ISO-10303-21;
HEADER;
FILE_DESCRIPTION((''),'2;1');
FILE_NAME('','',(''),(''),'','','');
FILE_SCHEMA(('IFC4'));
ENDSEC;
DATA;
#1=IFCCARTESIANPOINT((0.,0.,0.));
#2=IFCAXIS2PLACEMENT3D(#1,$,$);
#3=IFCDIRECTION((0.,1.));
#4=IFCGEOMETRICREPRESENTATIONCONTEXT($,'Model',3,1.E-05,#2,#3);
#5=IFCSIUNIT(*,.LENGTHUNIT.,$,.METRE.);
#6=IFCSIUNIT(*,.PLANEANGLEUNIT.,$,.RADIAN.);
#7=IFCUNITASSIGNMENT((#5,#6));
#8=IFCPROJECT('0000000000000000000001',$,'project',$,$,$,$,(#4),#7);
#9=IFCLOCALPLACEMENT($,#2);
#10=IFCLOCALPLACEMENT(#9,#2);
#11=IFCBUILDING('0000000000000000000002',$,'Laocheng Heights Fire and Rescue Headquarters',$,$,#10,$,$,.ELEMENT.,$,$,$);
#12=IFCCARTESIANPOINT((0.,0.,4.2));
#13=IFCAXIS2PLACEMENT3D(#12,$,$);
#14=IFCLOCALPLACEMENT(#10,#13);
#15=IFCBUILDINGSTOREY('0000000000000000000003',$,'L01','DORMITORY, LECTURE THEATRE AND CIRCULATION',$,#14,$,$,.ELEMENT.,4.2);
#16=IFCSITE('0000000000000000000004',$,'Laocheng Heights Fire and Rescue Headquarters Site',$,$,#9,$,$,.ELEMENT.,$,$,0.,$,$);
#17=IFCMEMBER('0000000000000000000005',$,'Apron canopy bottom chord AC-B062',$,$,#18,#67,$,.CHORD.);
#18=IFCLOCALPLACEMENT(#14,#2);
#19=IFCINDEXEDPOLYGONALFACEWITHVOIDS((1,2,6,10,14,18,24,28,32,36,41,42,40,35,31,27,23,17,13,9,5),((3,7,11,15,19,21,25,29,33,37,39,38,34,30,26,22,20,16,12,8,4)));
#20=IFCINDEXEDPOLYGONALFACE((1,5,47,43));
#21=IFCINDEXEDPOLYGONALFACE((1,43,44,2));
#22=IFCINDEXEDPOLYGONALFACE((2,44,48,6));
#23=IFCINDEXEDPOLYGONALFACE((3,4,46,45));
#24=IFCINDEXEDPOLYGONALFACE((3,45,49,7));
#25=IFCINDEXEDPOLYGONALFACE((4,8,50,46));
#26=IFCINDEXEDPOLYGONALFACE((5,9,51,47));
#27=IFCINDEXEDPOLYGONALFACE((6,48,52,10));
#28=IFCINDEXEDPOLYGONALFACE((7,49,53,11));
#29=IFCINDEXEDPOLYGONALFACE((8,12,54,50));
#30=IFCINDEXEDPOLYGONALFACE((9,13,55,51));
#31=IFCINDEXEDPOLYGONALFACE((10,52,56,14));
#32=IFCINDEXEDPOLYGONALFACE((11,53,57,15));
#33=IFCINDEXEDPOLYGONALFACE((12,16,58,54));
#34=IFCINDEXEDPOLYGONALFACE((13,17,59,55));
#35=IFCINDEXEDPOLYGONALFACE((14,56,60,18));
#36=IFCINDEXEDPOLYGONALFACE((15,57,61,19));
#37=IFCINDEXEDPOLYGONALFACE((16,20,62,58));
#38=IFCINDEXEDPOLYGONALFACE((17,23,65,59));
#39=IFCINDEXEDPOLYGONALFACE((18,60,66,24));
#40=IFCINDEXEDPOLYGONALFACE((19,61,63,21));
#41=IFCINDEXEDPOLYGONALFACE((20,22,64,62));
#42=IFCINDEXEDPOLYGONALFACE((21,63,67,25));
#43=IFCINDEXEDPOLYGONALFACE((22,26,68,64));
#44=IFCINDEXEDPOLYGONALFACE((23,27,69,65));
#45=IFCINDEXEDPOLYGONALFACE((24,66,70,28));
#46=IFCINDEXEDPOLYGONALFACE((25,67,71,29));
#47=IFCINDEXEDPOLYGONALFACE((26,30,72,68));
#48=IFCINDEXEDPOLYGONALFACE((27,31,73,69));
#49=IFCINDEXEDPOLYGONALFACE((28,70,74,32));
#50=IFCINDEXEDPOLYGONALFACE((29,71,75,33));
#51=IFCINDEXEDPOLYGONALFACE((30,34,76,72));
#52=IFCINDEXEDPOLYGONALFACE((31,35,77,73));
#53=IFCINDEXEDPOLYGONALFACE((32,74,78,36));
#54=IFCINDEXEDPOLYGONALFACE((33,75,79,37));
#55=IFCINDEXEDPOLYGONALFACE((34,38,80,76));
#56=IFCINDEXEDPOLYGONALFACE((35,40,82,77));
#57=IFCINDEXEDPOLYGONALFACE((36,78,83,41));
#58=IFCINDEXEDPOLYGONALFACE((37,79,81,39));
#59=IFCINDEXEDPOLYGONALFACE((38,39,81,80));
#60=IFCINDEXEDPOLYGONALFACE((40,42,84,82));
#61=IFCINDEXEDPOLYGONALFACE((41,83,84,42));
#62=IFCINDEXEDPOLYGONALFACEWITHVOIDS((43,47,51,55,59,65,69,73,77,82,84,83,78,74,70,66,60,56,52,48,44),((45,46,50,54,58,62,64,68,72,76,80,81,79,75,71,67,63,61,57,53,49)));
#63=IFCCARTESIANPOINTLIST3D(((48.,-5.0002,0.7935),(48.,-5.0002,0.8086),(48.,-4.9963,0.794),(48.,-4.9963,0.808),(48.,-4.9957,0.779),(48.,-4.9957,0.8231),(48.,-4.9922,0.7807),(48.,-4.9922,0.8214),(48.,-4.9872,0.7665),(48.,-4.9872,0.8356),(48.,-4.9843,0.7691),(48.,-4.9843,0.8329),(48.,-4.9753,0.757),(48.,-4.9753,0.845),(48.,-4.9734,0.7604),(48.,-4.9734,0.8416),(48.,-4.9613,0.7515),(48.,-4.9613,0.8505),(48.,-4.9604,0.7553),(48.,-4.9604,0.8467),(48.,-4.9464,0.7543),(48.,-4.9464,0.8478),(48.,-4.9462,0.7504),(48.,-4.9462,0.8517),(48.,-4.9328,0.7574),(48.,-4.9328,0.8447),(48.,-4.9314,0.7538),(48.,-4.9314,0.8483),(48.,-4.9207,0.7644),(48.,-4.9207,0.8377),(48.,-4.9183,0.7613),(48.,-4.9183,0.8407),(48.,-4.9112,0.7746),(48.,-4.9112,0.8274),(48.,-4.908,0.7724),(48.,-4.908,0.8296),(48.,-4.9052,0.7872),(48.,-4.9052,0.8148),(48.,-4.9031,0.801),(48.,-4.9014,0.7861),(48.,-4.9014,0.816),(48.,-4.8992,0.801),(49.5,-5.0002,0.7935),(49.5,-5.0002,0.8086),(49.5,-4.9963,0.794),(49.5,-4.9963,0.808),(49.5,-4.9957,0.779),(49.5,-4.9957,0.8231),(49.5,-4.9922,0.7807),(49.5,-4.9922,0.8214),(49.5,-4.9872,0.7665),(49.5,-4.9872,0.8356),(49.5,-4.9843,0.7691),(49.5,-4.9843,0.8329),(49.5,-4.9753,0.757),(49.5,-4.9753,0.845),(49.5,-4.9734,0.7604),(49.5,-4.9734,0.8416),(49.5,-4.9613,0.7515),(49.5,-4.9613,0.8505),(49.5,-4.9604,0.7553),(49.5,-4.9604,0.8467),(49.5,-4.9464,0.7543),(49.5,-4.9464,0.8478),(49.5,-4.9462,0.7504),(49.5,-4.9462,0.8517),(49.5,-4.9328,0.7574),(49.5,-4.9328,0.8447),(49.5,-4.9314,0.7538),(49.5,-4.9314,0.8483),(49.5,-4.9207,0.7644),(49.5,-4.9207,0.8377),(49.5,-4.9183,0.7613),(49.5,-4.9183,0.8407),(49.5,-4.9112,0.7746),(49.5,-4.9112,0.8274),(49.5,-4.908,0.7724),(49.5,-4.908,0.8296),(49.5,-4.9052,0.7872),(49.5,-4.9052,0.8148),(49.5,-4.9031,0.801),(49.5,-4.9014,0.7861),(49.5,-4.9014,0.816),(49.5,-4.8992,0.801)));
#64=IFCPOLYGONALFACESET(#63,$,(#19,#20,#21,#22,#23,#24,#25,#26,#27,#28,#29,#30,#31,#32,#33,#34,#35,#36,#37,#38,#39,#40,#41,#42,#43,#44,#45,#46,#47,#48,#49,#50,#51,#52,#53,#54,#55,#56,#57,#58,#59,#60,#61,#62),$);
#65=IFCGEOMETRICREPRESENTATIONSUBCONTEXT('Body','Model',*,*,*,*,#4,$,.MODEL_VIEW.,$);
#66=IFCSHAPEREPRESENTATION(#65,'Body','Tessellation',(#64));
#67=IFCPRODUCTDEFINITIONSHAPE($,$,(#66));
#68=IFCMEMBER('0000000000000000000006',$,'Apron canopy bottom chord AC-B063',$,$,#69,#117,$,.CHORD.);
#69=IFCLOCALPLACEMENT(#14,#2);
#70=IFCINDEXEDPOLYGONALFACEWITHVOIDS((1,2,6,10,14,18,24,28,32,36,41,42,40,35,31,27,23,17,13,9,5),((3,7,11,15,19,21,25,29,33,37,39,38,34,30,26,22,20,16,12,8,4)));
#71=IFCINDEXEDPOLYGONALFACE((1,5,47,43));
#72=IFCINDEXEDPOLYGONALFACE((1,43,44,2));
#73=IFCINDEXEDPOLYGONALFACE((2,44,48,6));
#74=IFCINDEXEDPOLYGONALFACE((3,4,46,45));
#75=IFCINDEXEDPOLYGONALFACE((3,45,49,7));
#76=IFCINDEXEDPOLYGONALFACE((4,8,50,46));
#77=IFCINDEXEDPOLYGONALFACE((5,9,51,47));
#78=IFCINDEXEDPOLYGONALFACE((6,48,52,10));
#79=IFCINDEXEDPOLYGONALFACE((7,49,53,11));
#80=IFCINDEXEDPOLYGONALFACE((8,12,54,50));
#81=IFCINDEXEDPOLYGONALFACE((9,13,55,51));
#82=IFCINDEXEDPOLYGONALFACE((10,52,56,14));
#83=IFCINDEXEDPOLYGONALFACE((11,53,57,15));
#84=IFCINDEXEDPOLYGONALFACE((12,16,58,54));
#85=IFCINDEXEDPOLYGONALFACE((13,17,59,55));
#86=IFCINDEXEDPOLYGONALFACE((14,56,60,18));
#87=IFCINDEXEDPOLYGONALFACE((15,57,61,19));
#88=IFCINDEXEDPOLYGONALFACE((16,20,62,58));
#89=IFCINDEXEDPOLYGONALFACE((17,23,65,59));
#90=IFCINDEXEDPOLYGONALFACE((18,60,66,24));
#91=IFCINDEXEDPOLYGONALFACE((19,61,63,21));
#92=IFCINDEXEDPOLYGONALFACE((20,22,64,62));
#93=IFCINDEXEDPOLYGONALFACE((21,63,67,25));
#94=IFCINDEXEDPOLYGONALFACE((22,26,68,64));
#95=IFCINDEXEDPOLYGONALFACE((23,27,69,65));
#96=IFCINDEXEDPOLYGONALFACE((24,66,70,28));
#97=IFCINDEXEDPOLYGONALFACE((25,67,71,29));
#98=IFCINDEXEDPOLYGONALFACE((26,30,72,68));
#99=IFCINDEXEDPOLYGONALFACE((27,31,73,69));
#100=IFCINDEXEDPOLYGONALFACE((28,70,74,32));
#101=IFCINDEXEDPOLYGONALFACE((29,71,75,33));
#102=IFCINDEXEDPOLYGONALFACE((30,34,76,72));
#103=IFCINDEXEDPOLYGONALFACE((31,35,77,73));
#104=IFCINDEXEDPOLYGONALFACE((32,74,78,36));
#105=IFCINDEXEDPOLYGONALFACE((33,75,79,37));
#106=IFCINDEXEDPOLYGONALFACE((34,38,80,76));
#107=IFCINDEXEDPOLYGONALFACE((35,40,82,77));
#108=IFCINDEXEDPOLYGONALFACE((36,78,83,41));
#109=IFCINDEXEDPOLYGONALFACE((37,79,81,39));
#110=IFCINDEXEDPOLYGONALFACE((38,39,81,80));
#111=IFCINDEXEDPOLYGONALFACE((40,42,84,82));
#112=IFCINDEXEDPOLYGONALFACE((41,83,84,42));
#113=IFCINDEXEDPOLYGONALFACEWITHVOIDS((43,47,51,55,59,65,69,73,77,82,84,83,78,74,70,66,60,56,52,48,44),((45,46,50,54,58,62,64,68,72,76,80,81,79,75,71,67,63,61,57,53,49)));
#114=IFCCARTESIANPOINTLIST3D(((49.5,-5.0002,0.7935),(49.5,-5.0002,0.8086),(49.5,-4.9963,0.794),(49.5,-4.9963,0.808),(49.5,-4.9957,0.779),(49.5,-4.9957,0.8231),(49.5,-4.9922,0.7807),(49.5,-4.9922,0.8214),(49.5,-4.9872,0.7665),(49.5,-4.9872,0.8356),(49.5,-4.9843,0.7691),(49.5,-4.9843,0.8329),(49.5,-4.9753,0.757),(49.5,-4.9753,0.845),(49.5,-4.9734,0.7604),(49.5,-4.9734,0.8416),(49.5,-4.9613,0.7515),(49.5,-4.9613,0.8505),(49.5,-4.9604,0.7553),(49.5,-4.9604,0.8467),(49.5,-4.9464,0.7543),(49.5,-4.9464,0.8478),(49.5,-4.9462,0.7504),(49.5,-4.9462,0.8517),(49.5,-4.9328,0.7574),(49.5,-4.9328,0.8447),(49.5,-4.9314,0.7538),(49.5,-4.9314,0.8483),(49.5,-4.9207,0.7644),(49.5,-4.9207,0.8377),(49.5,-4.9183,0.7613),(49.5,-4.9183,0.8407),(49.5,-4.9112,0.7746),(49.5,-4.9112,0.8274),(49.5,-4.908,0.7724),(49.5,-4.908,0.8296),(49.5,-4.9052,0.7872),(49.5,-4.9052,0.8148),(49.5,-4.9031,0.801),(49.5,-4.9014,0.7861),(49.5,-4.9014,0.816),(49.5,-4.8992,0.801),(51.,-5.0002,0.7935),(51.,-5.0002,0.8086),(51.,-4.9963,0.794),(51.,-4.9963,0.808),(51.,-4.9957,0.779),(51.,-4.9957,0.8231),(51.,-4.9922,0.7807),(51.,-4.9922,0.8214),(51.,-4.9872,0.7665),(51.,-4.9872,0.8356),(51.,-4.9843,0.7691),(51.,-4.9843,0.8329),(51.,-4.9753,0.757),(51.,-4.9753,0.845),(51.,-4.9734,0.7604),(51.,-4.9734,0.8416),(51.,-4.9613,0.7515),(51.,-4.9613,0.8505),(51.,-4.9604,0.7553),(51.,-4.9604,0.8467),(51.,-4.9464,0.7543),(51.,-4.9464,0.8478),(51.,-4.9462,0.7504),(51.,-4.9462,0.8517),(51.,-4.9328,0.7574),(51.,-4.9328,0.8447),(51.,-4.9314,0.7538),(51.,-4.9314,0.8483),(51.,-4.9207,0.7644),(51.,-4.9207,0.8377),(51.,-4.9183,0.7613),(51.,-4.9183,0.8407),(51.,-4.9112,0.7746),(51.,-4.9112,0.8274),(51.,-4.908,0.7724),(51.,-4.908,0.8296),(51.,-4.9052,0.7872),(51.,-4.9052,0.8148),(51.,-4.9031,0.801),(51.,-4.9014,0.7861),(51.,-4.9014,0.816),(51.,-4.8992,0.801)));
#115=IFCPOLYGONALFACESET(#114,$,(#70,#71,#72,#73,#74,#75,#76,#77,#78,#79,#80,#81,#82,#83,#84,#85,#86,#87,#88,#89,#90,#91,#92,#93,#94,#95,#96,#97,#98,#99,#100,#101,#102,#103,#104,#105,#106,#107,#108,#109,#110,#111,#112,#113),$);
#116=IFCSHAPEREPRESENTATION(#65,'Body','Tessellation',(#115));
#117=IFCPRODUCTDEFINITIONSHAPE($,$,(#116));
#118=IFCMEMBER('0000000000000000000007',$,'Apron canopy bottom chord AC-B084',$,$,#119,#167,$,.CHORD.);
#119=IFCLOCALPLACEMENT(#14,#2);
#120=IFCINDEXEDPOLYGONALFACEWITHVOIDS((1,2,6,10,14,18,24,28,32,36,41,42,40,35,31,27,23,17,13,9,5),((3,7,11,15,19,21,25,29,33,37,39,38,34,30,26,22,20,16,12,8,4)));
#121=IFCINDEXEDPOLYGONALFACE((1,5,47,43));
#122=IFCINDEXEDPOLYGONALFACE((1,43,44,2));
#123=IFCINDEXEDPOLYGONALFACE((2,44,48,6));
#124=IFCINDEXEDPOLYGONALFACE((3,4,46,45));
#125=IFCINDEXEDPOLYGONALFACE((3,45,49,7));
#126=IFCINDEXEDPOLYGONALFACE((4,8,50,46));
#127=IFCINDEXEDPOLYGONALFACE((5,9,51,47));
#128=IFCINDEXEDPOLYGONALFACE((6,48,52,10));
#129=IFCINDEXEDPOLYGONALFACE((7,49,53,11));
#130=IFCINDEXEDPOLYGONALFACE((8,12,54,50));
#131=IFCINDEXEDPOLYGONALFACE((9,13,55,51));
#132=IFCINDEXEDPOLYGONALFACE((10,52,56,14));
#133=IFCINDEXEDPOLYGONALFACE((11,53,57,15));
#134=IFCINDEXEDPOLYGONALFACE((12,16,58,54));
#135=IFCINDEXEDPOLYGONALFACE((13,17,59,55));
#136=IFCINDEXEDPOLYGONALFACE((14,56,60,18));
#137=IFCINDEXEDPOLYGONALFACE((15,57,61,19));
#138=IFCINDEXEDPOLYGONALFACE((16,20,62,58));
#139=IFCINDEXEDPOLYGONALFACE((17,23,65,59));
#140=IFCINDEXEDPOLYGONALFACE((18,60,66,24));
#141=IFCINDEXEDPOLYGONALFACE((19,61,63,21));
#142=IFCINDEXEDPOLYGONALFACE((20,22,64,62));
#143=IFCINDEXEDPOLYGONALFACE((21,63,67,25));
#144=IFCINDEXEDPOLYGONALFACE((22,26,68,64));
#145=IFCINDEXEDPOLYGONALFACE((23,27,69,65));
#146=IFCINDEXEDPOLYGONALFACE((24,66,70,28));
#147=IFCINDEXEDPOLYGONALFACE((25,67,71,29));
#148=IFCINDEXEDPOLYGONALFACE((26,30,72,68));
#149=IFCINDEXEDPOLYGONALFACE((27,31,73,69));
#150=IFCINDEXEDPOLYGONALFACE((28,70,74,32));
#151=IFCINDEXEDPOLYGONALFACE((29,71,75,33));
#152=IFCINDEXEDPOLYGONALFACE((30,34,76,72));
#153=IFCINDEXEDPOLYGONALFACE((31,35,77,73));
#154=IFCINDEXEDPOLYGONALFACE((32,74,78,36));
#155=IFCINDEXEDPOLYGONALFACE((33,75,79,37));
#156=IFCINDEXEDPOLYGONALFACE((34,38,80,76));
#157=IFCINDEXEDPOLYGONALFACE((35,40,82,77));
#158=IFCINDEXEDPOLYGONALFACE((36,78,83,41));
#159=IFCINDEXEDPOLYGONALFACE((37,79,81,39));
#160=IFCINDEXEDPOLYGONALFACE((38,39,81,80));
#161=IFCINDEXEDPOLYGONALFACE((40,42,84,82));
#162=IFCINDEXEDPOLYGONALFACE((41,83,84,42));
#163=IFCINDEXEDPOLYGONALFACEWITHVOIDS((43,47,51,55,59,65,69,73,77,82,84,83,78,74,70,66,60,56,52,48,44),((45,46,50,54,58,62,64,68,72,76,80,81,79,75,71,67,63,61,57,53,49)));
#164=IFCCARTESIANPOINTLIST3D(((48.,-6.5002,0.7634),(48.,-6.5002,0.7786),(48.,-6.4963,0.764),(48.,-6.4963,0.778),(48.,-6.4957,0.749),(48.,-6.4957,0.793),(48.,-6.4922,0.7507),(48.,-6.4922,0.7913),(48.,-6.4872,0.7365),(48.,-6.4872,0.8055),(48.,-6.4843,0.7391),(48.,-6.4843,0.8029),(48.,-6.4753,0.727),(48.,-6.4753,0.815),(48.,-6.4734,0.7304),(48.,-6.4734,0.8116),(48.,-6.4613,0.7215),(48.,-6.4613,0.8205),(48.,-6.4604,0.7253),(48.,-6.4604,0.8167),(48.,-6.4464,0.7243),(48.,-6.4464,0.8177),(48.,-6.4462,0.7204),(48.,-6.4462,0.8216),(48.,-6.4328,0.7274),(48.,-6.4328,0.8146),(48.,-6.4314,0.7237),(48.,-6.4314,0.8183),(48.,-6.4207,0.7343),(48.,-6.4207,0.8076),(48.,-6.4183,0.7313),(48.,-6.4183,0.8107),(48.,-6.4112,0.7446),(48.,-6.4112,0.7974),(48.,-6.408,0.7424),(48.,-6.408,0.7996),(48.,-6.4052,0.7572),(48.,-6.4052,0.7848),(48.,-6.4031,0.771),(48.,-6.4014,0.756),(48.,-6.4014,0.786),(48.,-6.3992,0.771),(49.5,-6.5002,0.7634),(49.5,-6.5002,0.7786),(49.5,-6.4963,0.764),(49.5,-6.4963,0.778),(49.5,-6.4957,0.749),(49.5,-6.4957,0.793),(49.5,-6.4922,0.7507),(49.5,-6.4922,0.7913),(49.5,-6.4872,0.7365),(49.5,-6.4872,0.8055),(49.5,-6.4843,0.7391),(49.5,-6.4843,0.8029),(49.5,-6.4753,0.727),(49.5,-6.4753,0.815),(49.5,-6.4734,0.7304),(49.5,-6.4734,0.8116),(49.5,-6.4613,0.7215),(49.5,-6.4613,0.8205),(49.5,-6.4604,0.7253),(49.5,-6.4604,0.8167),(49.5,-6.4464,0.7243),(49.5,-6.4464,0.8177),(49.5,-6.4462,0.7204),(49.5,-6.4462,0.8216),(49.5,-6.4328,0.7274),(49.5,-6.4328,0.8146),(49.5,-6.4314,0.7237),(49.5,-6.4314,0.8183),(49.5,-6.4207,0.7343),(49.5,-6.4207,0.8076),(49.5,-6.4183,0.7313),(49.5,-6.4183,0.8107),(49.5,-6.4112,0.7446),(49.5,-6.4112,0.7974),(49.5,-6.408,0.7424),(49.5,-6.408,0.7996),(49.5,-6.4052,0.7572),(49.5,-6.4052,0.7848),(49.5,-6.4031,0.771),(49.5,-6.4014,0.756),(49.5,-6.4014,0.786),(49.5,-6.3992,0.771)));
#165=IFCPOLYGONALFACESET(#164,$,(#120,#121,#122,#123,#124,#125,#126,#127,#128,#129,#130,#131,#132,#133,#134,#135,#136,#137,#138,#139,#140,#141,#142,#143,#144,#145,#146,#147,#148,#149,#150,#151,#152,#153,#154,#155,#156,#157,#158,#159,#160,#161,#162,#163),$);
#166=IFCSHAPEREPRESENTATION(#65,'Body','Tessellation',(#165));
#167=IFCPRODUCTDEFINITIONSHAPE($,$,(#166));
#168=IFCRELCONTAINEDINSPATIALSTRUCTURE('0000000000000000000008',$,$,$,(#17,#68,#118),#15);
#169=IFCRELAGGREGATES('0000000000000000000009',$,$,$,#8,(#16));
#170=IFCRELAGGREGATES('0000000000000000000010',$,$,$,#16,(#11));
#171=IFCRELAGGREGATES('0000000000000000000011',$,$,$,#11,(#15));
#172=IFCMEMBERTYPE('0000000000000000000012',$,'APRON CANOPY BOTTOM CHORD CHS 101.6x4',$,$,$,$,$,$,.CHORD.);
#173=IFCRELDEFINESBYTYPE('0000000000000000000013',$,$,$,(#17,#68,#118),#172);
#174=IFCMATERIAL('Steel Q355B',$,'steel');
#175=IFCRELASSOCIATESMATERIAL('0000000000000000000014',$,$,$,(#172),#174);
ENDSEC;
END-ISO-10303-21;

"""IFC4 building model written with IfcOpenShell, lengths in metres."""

from ifc_helpers import new_model, si_unit, direction, frame, origin, origin_2d, place, context, subcontext, project, spatial, hollow_circle, extrude, material, material_profile, profile_set, type_object, element, save


model = new_model("IFC4")

# Units and contexts
model_context = context("Model", 3, precision=1e-05, world=origin(), true_north=direction((0.0, 1.0)))
body_context = subcontext(model_context, "Body", "Model", "MODEL_VIEW")
ifc_project = project(units=[si_unit("LENGTHUNIT", "METRE"), si_unit("PLANEANGLEUNIT", "RADIAN")], contexts=[model_context])

# Site, building, storey
site_placement = place(None, origin())
site = spatial("IfcSite", under=ifc_project, at=site_placement, Name="Laocheng Heights Fire and Rescue Headquarters Site", CompositionType="ELEMENT", RefElevation=0.0)
building_placement = place(site_placement, origin())
building = spatial("IfcBuilding", under=site, at=building_placement, Name="Laocheng Heights Fire and Rescue Headquarters", CompositionType="ELEMENT")
storey_placement = place(building_placement, frame((0.0, 0.0, 4.2)))
storey = spatial("IfcBuildingStorey", under=building, at=storey_placement, Name="L01", Description="DORMITORY, LECTURE THEATRE AND CIRCULATION", CompositionType="ELEMENT", Elevation=4.2)

# Members
ifc_material_1 = material(Name="Steel Q355B", Category="steel")
ifc_material_profile_1 = material_profile(ifc_material_1, hollow_circle(Radius=0.0508, WallThickness=0.0039, at=origin_2d()), Name="CHS 101.6x4")
ifc_profile_set_1 = profile_set([ifc_material_profile_1], Name="Steel Q355B")
member_type_1 = type_object("IfcMemberType", Name="APRON CANOPY BOTTOM CHORD CHS 101.6x4", PredefinedType="CHORD", material=ifc_profile_set_1)
for number, where, z_axis, x_axis, name in (
    (1, (48.0, -4.95, 0.801), (1.0, 0.0, 0.0), (0.0, 1.0, 0.0), "Apron canopy bottom chord AC-B062"),
    (2, (49.5, -4.95, 0.801), (1.0, 0.0, 0.0), (0.0, 1.0, 0.0), "Apron canopy bottom chord AC-B063"),
    (3, (48.0, -6.45, 0.771), (1.0, 0.0, 0.0), (0.0, 1.0, 0.0), "Apron canopy bottom chord AC-B084"),
):
    element("IfcMember", number, at=place(storey_placement, frame(where, z_axis=z_axis, x_axis=x_axis)), inside=storey, type_object=member_type_1, Name=name, PredefinedType="CHORD", context=body_context, shape_type="SweptSolid", body=[
        extrude(hollow_circle(Radius=0.0508, WallThickness=0.0039, at=origin_2d()), origin(), (0.0, 0.0, 1.0), 1.5),
    ])

save(model, "model.ifc")
